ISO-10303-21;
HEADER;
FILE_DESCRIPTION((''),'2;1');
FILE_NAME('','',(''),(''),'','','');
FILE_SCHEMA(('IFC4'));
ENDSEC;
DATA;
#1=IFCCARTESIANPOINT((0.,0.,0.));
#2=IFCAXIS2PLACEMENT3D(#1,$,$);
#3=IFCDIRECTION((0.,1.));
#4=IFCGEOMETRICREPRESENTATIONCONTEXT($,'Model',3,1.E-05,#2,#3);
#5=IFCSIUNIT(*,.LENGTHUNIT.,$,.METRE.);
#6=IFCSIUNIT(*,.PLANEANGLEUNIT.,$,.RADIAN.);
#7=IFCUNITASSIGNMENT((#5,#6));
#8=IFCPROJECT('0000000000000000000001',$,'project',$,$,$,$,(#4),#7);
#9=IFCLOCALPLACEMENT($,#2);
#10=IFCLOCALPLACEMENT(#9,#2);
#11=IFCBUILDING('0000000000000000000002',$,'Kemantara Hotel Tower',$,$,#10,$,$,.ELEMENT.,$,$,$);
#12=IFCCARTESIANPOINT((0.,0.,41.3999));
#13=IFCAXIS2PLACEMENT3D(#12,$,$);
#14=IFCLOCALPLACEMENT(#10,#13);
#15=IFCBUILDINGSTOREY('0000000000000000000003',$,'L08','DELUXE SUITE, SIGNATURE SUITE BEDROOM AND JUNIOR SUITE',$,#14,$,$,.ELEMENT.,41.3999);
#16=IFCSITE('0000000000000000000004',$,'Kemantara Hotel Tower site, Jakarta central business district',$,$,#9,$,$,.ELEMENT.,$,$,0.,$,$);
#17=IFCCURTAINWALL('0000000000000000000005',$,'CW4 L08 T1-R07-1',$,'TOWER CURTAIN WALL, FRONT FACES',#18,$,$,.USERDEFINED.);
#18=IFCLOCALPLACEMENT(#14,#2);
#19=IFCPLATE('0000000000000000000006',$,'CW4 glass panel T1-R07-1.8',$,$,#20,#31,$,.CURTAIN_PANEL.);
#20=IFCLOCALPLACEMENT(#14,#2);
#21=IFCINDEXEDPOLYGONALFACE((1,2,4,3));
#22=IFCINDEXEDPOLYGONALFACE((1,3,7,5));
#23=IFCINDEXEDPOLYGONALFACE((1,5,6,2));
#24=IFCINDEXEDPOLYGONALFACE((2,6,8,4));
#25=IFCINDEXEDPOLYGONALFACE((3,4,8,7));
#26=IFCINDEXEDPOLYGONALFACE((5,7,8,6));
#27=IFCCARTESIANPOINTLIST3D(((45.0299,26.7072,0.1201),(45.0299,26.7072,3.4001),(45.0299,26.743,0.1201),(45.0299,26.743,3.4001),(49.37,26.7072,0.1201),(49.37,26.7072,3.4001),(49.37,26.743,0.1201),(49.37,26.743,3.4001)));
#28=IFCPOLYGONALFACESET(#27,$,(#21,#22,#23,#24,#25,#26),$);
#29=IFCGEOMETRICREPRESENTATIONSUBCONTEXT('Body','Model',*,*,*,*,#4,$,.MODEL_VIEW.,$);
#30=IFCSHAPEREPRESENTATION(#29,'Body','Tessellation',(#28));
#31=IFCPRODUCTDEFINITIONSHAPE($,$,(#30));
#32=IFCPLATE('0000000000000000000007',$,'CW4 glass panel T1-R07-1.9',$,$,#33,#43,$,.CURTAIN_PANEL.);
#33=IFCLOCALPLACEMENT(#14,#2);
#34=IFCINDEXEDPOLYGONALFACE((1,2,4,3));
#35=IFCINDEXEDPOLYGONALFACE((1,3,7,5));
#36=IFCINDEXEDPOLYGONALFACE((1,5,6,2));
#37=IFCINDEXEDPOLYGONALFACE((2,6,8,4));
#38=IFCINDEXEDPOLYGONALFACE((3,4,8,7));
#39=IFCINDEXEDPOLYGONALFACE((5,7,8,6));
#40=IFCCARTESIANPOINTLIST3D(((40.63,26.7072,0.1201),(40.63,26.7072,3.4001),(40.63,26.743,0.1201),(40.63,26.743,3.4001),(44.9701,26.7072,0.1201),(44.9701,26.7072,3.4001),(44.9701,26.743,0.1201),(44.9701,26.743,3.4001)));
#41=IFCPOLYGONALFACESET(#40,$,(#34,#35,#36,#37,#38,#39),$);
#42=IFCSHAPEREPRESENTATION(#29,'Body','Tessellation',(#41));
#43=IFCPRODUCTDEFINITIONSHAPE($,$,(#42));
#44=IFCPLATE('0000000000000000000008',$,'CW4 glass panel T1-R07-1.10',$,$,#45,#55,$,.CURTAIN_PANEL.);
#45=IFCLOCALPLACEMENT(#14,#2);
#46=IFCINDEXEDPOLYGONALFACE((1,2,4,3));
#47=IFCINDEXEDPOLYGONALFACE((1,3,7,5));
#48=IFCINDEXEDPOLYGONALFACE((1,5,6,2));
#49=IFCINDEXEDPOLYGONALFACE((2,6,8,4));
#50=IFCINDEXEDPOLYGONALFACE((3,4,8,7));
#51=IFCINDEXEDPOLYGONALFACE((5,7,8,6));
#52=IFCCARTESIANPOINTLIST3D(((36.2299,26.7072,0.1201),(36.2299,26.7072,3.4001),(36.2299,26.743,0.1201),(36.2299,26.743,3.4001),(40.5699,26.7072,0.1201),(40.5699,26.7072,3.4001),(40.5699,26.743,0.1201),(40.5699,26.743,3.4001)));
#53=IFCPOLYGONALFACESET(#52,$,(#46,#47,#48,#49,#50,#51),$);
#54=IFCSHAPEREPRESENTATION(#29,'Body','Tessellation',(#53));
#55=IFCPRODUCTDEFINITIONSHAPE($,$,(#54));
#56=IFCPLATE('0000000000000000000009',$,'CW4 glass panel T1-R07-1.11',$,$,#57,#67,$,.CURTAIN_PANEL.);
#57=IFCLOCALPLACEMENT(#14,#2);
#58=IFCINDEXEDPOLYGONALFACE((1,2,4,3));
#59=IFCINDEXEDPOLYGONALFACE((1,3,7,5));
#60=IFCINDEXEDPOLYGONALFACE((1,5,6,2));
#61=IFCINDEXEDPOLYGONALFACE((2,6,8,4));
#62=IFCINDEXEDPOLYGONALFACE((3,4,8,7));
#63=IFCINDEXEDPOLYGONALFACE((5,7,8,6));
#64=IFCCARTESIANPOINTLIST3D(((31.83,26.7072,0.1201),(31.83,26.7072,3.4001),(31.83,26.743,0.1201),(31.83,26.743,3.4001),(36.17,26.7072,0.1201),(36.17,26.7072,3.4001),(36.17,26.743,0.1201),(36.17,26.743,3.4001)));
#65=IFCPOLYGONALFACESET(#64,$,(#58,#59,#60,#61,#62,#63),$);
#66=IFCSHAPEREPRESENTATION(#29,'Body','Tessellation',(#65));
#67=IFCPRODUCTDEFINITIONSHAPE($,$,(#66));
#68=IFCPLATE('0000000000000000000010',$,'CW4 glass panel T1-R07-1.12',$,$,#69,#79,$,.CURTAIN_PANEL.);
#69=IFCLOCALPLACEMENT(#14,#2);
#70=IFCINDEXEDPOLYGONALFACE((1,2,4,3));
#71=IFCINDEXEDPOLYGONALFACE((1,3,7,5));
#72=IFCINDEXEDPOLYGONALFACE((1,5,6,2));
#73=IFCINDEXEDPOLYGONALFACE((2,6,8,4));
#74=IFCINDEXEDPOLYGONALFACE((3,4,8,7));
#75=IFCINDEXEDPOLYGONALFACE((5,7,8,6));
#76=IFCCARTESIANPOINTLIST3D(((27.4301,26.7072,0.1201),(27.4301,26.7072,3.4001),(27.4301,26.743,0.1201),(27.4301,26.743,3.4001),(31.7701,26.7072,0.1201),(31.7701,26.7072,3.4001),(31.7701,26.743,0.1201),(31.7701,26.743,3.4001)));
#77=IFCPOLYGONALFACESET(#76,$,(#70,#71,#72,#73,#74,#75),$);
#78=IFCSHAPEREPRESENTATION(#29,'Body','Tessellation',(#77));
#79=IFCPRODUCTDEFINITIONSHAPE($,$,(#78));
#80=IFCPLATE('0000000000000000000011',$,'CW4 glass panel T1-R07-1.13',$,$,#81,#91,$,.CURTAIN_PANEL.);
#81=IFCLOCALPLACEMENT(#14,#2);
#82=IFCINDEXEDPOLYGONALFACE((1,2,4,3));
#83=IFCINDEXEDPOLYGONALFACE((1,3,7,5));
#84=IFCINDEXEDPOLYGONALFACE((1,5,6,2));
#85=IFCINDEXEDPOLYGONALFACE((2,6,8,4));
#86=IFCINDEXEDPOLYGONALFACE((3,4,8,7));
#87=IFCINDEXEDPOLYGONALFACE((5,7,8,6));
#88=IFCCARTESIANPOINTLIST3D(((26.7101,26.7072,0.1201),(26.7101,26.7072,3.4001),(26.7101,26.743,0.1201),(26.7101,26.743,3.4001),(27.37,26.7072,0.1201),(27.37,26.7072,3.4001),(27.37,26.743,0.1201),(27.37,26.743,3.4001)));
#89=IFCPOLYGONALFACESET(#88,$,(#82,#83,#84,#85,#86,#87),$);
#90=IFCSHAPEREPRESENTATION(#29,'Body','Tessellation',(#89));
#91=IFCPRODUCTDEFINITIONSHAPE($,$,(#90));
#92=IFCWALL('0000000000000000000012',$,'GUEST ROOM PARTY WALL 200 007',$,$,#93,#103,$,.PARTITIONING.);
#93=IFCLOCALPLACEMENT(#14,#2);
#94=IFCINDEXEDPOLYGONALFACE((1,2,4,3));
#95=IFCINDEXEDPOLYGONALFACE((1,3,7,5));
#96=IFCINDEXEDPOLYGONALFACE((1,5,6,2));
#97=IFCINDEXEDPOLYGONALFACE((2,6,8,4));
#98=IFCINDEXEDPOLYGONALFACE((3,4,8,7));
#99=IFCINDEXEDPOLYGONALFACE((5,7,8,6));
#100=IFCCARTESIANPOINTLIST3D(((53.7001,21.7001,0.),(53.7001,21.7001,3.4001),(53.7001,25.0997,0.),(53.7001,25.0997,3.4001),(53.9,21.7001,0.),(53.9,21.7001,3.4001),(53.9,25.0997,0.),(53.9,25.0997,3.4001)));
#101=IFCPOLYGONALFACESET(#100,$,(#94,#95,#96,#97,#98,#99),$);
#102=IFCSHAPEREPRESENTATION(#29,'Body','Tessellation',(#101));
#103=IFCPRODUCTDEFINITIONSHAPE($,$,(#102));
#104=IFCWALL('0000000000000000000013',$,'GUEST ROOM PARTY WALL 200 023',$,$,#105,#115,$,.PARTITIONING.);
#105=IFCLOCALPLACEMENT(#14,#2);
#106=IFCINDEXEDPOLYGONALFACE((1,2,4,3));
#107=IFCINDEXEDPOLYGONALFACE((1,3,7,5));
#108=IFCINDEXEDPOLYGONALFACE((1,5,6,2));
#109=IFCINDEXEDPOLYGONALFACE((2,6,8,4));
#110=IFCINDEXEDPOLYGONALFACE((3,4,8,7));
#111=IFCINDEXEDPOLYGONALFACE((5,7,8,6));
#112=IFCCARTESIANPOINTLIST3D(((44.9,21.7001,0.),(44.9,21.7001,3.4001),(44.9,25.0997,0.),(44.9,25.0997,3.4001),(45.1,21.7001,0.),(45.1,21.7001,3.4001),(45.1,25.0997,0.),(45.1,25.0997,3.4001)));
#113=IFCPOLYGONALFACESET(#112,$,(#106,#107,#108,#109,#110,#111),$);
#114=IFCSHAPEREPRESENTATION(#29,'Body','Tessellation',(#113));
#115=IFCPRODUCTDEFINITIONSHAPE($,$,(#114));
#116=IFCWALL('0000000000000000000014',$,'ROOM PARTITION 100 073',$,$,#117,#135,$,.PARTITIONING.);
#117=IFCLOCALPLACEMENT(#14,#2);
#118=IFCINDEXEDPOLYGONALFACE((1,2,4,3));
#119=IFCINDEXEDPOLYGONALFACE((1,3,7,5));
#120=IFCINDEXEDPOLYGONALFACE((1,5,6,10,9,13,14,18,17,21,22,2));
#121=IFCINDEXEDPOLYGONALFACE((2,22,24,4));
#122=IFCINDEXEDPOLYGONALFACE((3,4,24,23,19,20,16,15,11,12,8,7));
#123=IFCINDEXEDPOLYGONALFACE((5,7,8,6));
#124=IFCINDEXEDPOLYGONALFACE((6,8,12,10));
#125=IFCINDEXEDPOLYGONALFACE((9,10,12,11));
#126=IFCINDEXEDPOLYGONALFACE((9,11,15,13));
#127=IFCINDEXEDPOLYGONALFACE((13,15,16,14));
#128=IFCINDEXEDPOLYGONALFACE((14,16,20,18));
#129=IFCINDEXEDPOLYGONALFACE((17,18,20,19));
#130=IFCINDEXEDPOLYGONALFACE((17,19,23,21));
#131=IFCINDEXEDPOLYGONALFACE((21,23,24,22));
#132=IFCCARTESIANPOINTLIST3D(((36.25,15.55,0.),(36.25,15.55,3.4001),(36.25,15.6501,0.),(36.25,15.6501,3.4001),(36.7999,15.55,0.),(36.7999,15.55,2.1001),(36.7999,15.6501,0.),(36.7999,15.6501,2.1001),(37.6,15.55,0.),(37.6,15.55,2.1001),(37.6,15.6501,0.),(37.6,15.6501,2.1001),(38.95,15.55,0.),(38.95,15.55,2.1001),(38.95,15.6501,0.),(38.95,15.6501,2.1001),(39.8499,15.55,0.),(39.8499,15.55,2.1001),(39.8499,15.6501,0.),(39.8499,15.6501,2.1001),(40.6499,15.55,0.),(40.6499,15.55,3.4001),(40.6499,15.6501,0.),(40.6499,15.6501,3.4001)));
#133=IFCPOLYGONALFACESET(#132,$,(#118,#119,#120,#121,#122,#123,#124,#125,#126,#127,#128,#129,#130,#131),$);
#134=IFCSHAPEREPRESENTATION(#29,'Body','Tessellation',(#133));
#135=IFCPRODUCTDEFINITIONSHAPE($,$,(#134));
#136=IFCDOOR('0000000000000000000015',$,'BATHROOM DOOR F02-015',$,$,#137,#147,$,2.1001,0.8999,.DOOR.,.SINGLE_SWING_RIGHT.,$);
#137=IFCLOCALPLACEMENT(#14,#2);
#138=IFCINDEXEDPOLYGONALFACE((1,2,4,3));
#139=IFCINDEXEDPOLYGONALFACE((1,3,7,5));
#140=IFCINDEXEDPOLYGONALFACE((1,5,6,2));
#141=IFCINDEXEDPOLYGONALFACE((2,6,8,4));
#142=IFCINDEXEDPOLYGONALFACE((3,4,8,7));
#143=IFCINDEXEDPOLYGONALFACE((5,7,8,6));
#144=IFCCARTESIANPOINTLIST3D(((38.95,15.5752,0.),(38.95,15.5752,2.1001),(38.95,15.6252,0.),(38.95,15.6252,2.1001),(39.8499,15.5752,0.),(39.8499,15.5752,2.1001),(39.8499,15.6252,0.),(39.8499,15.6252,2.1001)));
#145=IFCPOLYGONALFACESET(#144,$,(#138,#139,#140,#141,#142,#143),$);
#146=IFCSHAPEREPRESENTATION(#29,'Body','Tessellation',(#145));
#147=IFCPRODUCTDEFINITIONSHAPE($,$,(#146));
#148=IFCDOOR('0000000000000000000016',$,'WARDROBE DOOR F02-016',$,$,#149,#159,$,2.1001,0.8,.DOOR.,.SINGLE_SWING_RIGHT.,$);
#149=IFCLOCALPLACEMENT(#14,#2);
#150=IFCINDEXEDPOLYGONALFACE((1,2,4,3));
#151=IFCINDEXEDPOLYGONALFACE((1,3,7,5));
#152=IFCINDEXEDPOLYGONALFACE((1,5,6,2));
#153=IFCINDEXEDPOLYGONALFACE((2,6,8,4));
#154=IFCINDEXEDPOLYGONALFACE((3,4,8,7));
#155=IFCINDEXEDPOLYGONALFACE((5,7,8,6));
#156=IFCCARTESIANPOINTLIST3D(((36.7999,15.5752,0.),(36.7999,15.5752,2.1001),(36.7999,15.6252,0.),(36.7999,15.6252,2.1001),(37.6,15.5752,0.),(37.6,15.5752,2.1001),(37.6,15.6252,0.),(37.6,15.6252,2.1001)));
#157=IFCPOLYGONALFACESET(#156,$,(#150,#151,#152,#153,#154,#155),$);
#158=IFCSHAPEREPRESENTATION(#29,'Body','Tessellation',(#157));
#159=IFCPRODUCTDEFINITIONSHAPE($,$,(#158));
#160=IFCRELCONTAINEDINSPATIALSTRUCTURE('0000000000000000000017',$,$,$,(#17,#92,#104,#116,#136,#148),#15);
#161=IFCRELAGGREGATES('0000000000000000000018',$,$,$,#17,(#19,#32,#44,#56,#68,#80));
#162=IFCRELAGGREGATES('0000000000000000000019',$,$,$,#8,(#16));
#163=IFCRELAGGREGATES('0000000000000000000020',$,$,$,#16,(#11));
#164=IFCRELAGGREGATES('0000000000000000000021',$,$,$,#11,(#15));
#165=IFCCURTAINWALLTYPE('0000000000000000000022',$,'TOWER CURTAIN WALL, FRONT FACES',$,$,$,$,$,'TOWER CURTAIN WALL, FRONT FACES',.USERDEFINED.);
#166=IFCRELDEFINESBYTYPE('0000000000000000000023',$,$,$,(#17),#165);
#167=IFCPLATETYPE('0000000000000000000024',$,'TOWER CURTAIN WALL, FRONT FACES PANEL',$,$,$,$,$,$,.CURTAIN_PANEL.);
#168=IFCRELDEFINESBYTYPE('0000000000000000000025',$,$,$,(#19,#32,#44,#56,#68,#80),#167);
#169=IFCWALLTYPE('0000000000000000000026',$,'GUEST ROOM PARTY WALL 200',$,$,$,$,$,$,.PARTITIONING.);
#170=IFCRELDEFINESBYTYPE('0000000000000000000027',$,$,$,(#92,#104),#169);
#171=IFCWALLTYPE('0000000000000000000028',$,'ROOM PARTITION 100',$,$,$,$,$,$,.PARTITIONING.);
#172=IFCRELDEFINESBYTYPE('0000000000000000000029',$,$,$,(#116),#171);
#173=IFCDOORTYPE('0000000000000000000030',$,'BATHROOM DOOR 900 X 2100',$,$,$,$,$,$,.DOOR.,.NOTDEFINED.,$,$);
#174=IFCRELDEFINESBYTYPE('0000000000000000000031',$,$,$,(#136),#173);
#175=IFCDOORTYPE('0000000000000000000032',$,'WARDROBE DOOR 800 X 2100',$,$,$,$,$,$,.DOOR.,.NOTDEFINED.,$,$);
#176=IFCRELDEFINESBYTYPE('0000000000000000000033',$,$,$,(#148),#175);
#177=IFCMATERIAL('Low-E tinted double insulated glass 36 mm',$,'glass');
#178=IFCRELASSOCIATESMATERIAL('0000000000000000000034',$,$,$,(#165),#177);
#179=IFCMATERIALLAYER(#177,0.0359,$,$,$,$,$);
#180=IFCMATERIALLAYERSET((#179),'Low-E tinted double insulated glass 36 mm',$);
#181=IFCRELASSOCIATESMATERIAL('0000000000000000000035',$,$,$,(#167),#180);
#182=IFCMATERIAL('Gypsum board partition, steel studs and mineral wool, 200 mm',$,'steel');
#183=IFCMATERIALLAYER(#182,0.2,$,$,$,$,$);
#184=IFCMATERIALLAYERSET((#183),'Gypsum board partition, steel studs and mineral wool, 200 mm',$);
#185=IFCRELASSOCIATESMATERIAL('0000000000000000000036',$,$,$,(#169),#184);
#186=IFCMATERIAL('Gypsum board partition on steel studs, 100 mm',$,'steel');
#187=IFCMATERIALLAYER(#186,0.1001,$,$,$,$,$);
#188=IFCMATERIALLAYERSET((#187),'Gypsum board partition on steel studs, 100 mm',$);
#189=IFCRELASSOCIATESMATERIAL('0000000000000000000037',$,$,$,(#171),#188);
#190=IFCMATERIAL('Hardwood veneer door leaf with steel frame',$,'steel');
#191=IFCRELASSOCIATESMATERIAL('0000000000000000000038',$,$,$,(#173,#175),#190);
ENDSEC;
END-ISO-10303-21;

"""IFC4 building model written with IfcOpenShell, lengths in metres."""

from ifc_helpers import new_model, si_unit, direction, frame, frame_2d, origin, origin_2d, place, context, subcontext, project, spatial, rectangle, extrude, source, transform, mapped, material, layer, layer_set, type_object, element, fill, aggregate, save


model = new_model("IFC4")

# Units and contexts
model_context = context("Model", 3, precision=1e-05, world=origin(), true_north=direction((0.0, 1.0)))
body_context = subcontext(model_context, "Body", "Model", "MODEL_VIEW")
ifc_project = project(units=[si_unit("LENGTHUNIT", "METRE"), si_unit("PLANEANGLEUNIT", "RADIAN")], contexts=[model_context])

# Site, building, storey
site_placement = place(None, origin())
site = spatial("IfcSite", under=ifc_project, at=site_placement, Name="Kemantara Hotel Tower site, Jakarta central business district", CompositionType="ELEMENT", RefElevation=0.0)
building_placement = place(site_placement, origin())
building = spatial("IfcBuilding", under=site, at=building_placement, Name="Kemantara Hotel Tower", CompositionType="ELEMENT")
storey_placement = place(building_placement, frame((0.0, 0.0, 41.3999)))
storey = spatial("IfcBuildingStorey", under=building, at=storey_placement, Name="L08", Description="DELUXE SUITE, SIGNATURE SUITE BEDROOM AND JUNIOR SUITE", CompositionType="ELEMENT", Elevation=41.3999)

# Curtain wall, plates
ifc_material_1 = material(Name="Low-E tinted double insulated glass 36 mm", Category="glass")
curtain_wall_type = type_object("IfcCurtainWallType", Name="TOWER CURTAIN WALL, FRONT FACES", ElementType="TOWER CURTAIN WALL, FRONT FACES", PredefinedType="USERDEFINED", material=ifc_material_1)
curtain_wall_placement = place(storey_placement, origin())
curtain_wall = element("IfcCurtainWall", 1, at=curtain_wall_placement, inside=storey, type_object=curtain_wall_type, Name="CW4 L08 T1-R07-1", ObjectType="TOWER CURTAIN WALL, FRONT FACES", PredefinedType="USERDEFINED")
ifc_layer_1 = layer(ifc_material_1, 0.0359)
ifc_layer_set_1 = layer_set([ifc_layer_1], Name="Low-E tinted double insulated glass 36 mm")
plate_type = type_object("IfcPlateType", Name="TOWER CURTAIN WALL, FRONT FACES PANEL", PredefinedType="CURTAIN_PANEL", material=ifc_layer_set_1)
shared_shape_1 = source(origin(), body_context, "Body", "SweptSolid", [
    extrude(rectangle(XDim=4.3401, YDim=0.0359, at=origin_2d()), origin(), (0.0, 0.0, 1.0), 3.28),
])
plate_1_placement = place(storey_placement, frame((47.2, 26.7251, 0.1201), z_axis=(0.0, 0.0, 1.0), x_axis=(-1.0, 0.0, 0.0)))
plate_1 = element("IfcPlate", 2, at=plate_1_placement, type_object=plate_type, Name="CW4 glass panel T1-R07-1.8", PredefinedType="CURTAIN_PANEL", context=body_context, shape_type="MappedRepresentation", body=[
    mapped(shared_shape_1, transform((0.0, 0.0, 0.0))),
])
plate_2_placement = place(storey_placement, frame((42.8, 26.7251, 0.1201), z_axis=(0.0, 0.0, 1.0), x_axis=(-1.0, 0.0, 0.0)))
plate_2 = element("IfcPlate", 3, at=plate_2_placement, type_object=plate_type, Name="CW4 glass panel T1-R07-1.9", PredefinedType="CURTAIN_PANEL", context=body_context, shape_type="MappedRepresentation", body=[
    mapped(shared_shape_1, transform((0.0, 0.0, 0.0))),
])
plate_3_placement = place(storey_placement, frame((38.3999, 26.7251, 0.1201), z_axis=(0.0, 0.0, 1.0), x_axis=(-1.0, 0.0, 0.0)))
plate_3 = element("IfcPlate", 4, at=plate_3_placement, type_object=plate_type, Name="CW4 glass panel T1-R07-1.10", PredefinedType="CURTAIN_PANEL", context=body_context, shape_type="MappedRepresentation", body=[
    mapped(shared_shape_1, transform((0.0, 0.0, 0.0))),
])
plate_4_placement = place(storey_placement, frame((34.0, 26.7251, 0.1201), z_axis=(0.0, 0.0, 1.0), x_axis=(-1.0, 0.0, 0.0)))
plate_4 = element("IfcPlate", 5, at=plate_4_placement, type_object=plate_type, Name="CW4 glass panel T1-R07-1.11", PredefinedType="CURTAIN_PANEL", context=body_context, shape_type="MappedRepresentation", body=[
    mapped(shared_shape_1, transform((0.0, 0.0, 0.0))),
])
plate_5_placement = place(storey_placement, frame((29.6001, 26.7251, 0.1201), z_axis=(0.0, 0.0, 1.0), x_axis=(-1.0, 0.0, 0.0)))
plate_5 = element("IfcPlate", 6, at=plate_5_placement, type_object=plate_type, Name="CW4 glass panel T1-R07-1.12", PredefinedType="CURTAIN_PANEL", context=body_context, shape_type="MappedRepresentation", body=[
    mapped(shared_shape_1, transform((0.0, 0.0, 0.0))),
])
shared_shape_2 = source(origin(), body_context, "Body", "SweptSolid", [
    extrude(rectangle(XDim=0.6599, YDim=0.0359, at=origin_2d()), origin(), (0.0, 0.0, 1.0), 3.28),
])
plate_6_placement = place(storey_placement, frame((27.04, 26.7251, 0.1201), z_axis=(0.0, 0.0, 1.0), x_axis=(-1.0, 0.0, 0.0)))
plate_6 = element("IfcPlate", 7, at=plate_6_placement, type_object=plate_type, Name="CW4 glass panel T1-R07-1.13", PredefinedType="CURTAIN_PANEL", context=body_context, shape_type="MappedRepresentation", body=[
    mapped(shared_shape_2, transform((0.0, 0.0, 0.0))),
])
aggregate(curtain_wall, [plate_1, plate_2, plate_3, plate_4, plate_5, plate_6])

# Walls
ifc_material_2 = material(Name="Gypsum board partition, steel studs and mineral wool, 200 mm", Category="steel")
ifc_layer_2 = layer(ifc_material_2, 0.2)
ifc_layer_set_2 = layer_set([ifc_layer_2], Name="Gypsum board partition, steel studs and mineral wool, 200 mm")
wall_type_1 = type_object("IfcWallType", Name="GUEST ROOM PARTY WALL 200", PredefinedType="PARTITIONING", material=ifc_layer_set_2)
for number, where, z_axis, x_axis, name in (
    (8, (53.8, 21.7002, 0.0), (0.0, 0.0, 1.0), (0.0, 1.0, 0.0), "GUEST ROOM PARTY WALL 200 007"),
    (9, (45.0, 21.7002, 0.0), (0.0, 0.0, 1.0), (0.0, 1.0, 0.0), "GUEST ROOM PARTY WALL 200 023"),
):
    element("IfcWall", number, at=place(storey_placement, frame(where, z_axis=z_axis, x_axis=x_axis)), inside=storey, type_object=wall_type_1, Name=name, PredefinedType="PARTITIONING", context=body_context, shape_type="SweptSolid", body=[
        extrude(rectangle(XDim=3.3997, YDim=0.2, at=frame_2d((1.6997, 0.0))), origin(), (0.0, 0.0, 1.0), 3.4001),
    ])

# Wall, openings, doors
ifc_material_3 = material(Name="Gypsum board partition on steel studs, 100 mm", Category="steel")
ifc_layer_3 = layer(ifc_material_3, 0.1001)
ifc_layer_set_3 = layer_set([ifc_layer_3], Name="Gypsum board partition on steel studs, 100 mm")
wall_type_2 = type_object("IfcWallType", Name="ROOM PARTITION 100", PredefinedType="PARTITIONING", material=ifc_layer_set_3)
wall_1_placement = place(storey_placement, frame((40.6499, 15.6001, 0.0), z_axis=(0.0, 0.0, 1.0), x_axis=(-1.0, 0.0, 0.0)))
wall_1 = element("IfcWall", 10, at=wall_1_placement, inside=storey, type_object=wall_type_2, Name="ROOM PARTITION 100 073", PredefinedType="PARTITIONING", context=body_context, shape_type="SweptSolid", body=[
    extrude(rectangle(XDim=4.3999, YDim=0.1001, at=frame_2d((2.2, 0.0))), origin(), (0.0, 0.0, 1.0), 3.4001),
])
opening_1_placement = place(wall_1_placement, frame((0.8, 0.0, 0.0)))
opening_1 = element("IfcOpeningElement", 11, at=opening_1_placement, cuts=wall_1, PredefinedType="OPENING", context=body_context, shape_type="SweptSolid", body=[
    extrude(rectangle(XDim=0.8999, YDim=2.1001, at=frame_2d((0.45, 1.05))), frame((0.0, 0.0601, 0.0), z_axis=(0.0, -1.0, 0.0), x_axis=(1.0, 0.0, 0.0)), (0.0, 0.0, 1.0), 0.1201),
])
opening_2_placement = place(wall_1_placement, frame((3.05, 0.0, 0.0)))
opening_2 = element("IfcOpeningElement", 12, at=opening_2_placement, cuts=wall_1, PredefinedType="OPENING", context=body_context, shape_type="SweptSolid", body=[
    extrude(rectangle(XDim=0.8, YDim=2.1001, at=frame_2d((0.3999, 1.05))), frame((0.0, 0.0601, 0.0), z_axis=(0.0, -1.0, 0.0), x_axis=(1.0, 0.0, 0.0)), (0.0, 0.0, 1.0), 0.1201),
])
ifc_material_4 = material(Name="Hardwood veneer door leaf with steel frame", Category="steel")
door_type_1 = type_object("IfcDoorType", Name="BATHROOM DOOR 900 X 2100", OperationType="NOTDEFINED", PredefinedType="DOOR", material=ifc_material_4)
door_1_placement = place(opening_1_placement, origin())
door_1 = element("IfcDoor", 13, at=door_1_placement, inside=storey, type_object=door_type_1, Name="BATHROOM DOOR F02-015", OperationType="SINGLE_SWING_RIGHT", OverallHeight=2.1001, OverallWidth=0.8999, PredefinedType="DOOR", context=body_context, shape_type="SweptSolid", body=[
    extrude(rectangle(XDim=0.8999, YDim=2.1001, at=frame_2d((0.45, 1.05))), frame((0.0, 0.0249, 0.0), z_axis=(0.0, -1.0, 0.0), x_axis=(1.0, 0.0, 0.0)), (0.0, 0.0, 1.0), 0.05),
])
fill(opening_1, door_1)
door_type_2 = type_object("IfcDoorType", Name="WARDROBE DOOR 800 X 2100", OperationType="NOTDEFINED", PredefinedType="DOOR", material=ifc_material_4)
door_2_placement = place(opening_2_placement, origin())
door_2 = element("IfcDoor", 14, at=door_2_placement, inside=storey, type_object=door_type_2, Name="WARDROBE DOOR F02-016", OperationType="SINGLE_SWING_RIGHT", OverallHeight=2.1001, OverallWidth=0.8, PredefinedType="DOOR", context=body_context, shape_type="SweptSolid", body=[
    extrude(rectangle(XDim=0.8, YDim=2.1001, at=frame_2d((0.3999, 1.05))), frame((0.0, 0.0249, 0.0), z_axis=(0.0, -1.0, 0.0), x_axis=(1.0, 0.0, 0.0)), (0.0, 0.0, 1.0), 0.05),
])
fill(opening_2, door_2)

save(model, "model.ifc")
